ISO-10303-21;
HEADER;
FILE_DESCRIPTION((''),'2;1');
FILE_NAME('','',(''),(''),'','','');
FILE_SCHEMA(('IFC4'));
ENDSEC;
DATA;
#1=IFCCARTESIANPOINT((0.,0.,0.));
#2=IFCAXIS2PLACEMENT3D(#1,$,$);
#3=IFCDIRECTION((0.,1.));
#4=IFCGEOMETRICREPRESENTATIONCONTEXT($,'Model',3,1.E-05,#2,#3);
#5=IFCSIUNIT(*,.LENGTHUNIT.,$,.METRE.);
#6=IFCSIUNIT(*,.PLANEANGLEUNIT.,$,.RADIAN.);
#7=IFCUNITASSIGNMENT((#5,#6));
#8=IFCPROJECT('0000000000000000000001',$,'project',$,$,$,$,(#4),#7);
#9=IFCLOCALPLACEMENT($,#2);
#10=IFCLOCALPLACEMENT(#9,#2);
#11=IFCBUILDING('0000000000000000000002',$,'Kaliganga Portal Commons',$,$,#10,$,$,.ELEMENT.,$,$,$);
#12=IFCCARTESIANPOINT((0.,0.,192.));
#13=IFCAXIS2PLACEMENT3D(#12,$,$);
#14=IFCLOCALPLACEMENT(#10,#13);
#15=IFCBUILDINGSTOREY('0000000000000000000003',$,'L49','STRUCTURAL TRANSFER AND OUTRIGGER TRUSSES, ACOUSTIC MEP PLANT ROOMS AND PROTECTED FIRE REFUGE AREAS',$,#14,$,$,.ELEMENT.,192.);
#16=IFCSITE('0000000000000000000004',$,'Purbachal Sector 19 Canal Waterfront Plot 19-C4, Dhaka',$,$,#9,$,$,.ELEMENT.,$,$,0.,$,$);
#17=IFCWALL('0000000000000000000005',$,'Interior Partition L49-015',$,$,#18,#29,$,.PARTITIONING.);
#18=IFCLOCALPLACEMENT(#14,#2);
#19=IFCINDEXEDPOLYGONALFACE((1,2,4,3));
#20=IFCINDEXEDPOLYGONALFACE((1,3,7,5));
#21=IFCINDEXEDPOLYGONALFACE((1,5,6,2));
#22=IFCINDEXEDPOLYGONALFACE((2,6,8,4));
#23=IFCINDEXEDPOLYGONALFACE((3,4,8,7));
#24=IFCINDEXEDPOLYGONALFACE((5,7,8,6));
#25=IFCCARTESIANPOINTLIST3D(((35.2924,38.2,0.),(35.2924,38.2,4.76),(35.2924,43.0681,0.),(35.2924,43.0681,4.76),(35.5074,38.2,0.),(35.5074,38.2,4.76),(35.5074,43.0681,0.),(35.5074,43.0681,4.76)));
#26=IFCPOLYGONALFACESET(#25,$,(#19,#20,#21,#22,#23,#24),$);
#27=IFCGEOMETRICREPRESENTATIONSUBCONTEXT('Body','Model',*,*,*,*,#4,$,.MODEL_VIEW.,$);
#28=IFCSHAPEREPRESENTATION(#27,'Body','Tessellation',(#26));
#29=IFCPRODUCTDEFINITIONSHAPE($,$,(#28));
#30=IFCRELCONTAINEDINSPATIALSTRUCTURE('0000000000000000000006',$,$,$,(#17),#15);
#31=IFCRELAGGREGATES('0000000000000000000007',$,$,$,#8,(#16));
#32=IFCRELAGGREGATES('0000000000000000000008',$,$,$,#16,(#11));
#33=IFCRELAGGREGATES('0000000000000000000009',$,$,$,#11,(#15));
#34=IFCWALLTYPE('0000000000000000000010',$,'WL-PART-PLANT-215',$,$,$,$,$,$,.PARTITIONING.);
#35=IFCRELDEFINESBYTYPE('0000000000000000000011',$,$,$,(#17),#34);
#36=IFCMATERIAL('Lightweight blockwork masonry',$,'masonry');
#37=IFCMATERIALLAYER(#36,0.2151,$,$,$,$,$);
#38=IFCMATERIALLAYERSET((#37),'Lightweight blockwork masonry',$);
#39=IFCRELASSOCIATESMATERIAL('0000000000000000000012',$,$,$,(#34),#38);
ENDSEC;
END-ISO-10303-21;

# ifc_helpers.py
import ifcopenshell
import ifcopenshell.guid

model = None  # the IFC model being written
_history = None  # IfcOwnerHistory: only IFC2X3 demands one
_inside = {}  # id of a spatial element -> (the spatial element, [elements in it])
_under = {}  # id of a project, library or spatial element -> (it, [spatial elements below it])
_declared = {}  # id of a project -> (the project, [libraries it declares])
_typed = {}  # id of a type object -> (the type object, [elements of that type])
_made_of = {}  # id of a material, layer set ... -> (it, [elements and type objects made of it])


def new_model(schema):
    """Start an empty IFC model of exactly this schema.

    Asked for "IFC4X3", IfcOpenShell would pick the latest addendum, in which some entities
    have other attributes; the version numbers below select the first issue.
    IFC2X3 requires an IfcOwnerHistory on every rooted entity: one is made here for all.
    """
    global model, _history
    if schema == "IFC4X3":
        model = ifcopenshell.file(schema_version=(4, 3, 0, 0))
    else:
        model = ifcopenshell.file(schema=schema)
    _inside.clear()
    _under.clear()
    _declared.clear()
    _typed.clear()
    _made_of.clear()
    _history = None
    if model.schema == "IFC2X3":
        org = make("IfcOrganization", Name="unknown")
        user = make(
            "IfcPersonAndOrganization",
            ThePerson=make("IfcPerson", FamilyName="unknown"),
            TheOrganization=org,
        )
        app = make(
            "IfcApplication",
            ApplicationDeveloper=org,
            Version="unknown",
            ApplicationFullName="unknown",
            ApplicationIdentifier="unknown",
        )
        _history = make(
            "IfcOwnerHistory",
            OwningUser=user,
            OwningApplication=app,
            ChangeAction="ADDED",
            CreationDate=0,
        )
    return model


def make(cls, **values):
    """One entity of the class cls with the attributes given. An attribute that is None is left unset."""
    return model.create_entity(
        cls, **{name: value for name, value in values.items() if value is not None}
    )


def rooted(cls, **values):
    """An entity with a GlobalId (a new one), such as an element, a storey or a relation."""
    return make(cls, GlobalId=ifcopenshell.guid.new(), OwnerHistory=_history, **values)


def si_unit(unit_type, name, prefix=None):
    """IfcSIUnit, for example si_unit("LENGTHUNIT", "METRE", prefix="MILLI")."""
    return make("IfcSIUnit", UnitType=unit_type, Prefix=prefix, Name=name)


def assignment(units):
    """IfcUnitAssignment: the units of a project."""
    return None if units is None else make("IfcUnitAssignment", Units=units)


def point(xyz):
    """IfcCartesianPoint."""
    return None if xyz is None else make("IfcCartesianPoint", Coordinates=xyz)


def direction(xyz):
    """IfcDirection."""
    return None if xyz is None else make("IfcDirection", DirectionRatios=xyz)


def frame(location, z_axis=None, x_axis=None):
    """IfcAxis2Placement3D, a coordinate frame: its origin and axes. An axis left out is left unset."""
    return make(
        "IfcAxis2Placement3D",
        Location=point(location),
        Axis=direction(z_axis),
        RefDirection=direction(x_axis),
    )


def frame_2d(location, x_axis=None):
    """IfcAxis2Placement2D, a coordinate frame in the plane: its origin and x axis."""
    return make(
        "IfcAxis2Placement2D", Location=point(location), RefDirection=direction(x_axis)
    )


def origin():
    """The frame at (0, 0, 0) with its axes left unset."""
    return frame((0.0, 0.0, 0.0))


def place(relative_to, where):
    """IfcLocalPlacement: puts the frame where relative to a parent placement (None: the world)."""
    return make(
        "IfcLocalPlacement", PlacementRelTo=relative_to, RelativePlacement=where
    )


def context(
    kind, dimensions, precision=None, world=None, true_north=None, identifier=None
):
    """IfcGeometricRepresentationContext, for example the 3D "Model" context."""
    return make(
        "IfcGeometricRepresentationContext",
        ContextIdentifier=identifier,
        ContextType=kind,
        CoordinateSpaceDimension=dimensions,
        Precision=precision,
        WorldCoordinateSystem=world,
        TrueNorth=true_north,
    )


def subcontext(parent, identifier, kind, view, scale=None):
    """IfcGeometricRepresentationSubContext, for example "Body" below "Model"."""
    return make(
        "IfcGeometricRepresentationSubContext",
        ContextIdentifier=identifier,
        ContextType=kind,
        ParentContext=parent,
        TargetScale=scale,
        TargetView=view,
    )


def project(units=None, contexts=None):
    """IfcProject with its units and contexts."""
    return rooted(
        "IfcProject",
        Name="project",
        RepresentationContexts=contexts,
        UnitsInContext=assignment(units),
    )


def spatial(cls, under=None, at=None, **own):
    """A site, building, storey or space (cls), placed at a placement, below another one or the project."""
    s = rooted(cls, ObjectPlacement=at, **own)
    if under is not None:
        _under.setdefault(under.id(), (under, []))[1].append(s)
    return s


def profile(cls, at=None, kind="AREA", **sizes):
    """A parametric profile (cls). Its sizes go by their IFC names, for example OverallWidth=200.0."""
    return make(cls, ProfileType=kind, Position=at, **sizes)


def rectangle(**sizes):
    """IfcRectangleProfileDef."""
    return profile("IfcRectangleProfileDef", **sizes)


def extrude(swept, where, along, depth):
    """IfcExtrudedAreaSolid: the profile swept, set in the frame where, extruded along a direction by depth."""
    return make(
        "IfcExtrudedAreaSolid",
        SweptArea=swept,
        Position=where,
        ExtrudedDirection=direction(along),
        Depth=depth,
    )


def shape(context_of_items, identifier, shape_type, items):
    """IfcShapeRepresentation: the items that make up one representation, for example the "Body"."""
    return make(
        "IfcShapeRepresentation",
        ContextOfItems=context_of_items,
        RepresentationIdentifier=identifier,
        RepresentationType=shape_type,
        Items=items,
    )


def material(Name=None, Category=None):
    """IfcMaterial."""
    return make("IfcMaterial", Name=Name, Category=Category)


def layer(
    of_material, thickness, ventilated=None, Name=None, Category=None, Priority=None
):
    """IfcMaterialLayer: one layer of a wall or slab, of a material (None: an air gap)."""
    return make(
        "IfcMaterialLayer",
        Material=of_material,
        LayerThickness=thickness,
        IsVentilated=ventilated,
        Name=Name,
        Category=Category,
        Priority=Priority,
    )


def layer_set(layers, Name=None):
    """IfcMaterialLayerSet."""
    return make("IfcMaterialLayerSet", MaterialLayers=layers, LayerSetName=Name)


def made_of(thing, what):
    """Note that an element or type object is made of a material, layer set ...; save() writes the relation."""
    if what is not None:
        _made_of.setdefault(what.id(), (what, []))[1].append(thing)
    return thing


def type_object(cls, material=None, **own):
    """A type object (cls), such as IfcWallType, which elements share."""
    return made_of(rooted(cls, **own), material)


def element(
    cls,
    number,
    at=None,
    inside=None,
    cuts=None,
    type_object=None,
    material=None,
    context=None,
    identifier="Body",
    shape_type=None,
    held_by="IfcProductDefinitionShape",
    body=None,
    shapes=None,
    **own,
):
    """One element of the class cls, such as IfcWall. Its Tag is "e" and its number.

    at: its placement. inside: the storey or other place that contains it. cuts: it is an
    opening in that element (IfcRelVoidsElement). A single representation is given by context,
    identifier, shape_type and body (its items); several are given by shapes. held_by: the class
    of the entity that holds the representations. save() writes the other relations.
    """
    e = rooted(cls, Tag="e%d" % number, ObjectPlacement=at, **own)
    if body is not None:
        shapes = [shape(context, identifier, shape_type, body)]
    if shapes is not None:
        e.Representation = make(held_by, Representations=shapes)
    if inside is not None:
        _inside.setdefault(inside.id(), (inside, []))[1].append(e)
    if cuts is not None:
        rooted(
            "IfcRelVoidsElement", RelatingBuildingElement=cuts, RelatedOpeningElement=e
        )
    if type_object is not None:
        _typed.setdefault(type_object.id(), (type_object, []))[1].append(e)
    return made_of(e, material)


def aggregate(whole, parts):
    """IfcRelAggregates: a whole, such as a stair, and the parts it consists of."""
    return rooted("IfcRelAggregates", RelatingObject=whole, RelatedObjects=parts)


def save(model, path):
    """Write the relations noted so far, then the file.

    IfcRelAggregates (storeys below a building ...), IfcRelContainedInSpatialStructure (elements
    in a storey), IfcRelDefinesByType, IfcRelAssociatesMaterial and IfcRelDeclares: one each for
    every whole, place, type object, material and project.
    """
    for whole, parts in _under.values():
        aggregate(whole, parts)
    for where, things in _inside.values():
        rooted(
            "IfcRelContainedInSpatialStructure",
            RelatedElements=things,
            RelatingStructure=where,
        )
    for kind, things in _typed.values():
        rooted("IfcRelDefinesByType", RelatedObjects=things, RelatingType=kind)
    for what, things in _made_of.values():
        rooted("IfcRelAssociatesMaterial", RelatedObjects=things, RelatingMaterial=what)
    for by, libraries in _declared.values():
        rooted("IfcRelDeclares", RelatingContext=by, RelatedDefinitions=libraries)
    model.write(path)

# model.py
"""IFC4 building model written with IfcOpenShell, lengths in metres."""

from ifc_helpers import new_model, si_unit, direction, frame, frame_2d, origin, place, context, subcontext, project, spatial, rectangle, extrude, material, layer, layer_set, type_object, element, save


model = new_model("IFC4")

# Units and contexts
model_context = context("Model", 3, precision=1e-05, world=origin(), true_north=direction((0.0, 1.0)))
body_context = subcontext(model_context, "Body", "Model", "MODEL_VIEW")
ifc_project = project(units=[si_unit("LENGTHUNIT", "METRE"), si_unit("PLANEANGLEUNIT", "RADIAN")], contexts=[model_context])

# Site, building, storey
site_placement = place(None, origin())
site = spatial("IfcSite", under=ifc_project, at=site_placement, Name="Purbachal Sector 19 Canal Waterfront Plot 19-C4, Dhaka", CompositionType="ELEMENT", RefElevation=0.0)
building_placement = place(site_placement, origin())
building = spatial("IfcBuilding", under=site, at=building_placement, Name="Kaliganga Portal Commons", CompositionType="ELEMENT")
storey_placement = place(building_placement, frame((0.0, 0.0, 192.0)))
storey = spatial("IfcBuildingStorey", under=building, at=storey_placement, Name="L49", Description="STRUCTURAL TRANSFER AND OUTRIGGER TRUSSES, ACOUSTIC MEP PLANT ROOMS AND PROTECTED FIRE REFUGE AREAS", CompositionType="ELEMENT", Elevation=192.0)

# Shared definitions
ifc_material_1 = material(Name="Lightweight blockwork masonry", Category="masonry")
ifc_layer_1 = layer(ifc_material_1, 0.2151)
ifc_layer_set_1 = layer_set([ifc_layer_1], Name="Lightweight blockwork masonry")
wall_type_1 = type_object("IfcWallType", Name="WL-PART-PLANT-215", PredefinedType="PARTITIONING", material=ifc_layer_set_1)

# Wall
wall_1_placement = place(storey_placement, frame((35.3999, 38.2, 0.0), z_axis=(0.0, 0.0, 1.0), x_axis=(0.0, 1.0, 0.0)))
element("IfcWall", 1, at=wall_1_placement, inside=storey, type_object=wall_type_1, Name="Interior Partition L49-015", PredefinedType="PARTITIONING", context=body_context, shape_type="SweptSolid", body=[
    extrude(rectangle(XDim=4.8682, YDim=0.2151, at=frame_2d((2.4341, 0.0))), origin(), (0.0, 0.0, 1.0), 4.76),
])

save(model, "model.ifc")
